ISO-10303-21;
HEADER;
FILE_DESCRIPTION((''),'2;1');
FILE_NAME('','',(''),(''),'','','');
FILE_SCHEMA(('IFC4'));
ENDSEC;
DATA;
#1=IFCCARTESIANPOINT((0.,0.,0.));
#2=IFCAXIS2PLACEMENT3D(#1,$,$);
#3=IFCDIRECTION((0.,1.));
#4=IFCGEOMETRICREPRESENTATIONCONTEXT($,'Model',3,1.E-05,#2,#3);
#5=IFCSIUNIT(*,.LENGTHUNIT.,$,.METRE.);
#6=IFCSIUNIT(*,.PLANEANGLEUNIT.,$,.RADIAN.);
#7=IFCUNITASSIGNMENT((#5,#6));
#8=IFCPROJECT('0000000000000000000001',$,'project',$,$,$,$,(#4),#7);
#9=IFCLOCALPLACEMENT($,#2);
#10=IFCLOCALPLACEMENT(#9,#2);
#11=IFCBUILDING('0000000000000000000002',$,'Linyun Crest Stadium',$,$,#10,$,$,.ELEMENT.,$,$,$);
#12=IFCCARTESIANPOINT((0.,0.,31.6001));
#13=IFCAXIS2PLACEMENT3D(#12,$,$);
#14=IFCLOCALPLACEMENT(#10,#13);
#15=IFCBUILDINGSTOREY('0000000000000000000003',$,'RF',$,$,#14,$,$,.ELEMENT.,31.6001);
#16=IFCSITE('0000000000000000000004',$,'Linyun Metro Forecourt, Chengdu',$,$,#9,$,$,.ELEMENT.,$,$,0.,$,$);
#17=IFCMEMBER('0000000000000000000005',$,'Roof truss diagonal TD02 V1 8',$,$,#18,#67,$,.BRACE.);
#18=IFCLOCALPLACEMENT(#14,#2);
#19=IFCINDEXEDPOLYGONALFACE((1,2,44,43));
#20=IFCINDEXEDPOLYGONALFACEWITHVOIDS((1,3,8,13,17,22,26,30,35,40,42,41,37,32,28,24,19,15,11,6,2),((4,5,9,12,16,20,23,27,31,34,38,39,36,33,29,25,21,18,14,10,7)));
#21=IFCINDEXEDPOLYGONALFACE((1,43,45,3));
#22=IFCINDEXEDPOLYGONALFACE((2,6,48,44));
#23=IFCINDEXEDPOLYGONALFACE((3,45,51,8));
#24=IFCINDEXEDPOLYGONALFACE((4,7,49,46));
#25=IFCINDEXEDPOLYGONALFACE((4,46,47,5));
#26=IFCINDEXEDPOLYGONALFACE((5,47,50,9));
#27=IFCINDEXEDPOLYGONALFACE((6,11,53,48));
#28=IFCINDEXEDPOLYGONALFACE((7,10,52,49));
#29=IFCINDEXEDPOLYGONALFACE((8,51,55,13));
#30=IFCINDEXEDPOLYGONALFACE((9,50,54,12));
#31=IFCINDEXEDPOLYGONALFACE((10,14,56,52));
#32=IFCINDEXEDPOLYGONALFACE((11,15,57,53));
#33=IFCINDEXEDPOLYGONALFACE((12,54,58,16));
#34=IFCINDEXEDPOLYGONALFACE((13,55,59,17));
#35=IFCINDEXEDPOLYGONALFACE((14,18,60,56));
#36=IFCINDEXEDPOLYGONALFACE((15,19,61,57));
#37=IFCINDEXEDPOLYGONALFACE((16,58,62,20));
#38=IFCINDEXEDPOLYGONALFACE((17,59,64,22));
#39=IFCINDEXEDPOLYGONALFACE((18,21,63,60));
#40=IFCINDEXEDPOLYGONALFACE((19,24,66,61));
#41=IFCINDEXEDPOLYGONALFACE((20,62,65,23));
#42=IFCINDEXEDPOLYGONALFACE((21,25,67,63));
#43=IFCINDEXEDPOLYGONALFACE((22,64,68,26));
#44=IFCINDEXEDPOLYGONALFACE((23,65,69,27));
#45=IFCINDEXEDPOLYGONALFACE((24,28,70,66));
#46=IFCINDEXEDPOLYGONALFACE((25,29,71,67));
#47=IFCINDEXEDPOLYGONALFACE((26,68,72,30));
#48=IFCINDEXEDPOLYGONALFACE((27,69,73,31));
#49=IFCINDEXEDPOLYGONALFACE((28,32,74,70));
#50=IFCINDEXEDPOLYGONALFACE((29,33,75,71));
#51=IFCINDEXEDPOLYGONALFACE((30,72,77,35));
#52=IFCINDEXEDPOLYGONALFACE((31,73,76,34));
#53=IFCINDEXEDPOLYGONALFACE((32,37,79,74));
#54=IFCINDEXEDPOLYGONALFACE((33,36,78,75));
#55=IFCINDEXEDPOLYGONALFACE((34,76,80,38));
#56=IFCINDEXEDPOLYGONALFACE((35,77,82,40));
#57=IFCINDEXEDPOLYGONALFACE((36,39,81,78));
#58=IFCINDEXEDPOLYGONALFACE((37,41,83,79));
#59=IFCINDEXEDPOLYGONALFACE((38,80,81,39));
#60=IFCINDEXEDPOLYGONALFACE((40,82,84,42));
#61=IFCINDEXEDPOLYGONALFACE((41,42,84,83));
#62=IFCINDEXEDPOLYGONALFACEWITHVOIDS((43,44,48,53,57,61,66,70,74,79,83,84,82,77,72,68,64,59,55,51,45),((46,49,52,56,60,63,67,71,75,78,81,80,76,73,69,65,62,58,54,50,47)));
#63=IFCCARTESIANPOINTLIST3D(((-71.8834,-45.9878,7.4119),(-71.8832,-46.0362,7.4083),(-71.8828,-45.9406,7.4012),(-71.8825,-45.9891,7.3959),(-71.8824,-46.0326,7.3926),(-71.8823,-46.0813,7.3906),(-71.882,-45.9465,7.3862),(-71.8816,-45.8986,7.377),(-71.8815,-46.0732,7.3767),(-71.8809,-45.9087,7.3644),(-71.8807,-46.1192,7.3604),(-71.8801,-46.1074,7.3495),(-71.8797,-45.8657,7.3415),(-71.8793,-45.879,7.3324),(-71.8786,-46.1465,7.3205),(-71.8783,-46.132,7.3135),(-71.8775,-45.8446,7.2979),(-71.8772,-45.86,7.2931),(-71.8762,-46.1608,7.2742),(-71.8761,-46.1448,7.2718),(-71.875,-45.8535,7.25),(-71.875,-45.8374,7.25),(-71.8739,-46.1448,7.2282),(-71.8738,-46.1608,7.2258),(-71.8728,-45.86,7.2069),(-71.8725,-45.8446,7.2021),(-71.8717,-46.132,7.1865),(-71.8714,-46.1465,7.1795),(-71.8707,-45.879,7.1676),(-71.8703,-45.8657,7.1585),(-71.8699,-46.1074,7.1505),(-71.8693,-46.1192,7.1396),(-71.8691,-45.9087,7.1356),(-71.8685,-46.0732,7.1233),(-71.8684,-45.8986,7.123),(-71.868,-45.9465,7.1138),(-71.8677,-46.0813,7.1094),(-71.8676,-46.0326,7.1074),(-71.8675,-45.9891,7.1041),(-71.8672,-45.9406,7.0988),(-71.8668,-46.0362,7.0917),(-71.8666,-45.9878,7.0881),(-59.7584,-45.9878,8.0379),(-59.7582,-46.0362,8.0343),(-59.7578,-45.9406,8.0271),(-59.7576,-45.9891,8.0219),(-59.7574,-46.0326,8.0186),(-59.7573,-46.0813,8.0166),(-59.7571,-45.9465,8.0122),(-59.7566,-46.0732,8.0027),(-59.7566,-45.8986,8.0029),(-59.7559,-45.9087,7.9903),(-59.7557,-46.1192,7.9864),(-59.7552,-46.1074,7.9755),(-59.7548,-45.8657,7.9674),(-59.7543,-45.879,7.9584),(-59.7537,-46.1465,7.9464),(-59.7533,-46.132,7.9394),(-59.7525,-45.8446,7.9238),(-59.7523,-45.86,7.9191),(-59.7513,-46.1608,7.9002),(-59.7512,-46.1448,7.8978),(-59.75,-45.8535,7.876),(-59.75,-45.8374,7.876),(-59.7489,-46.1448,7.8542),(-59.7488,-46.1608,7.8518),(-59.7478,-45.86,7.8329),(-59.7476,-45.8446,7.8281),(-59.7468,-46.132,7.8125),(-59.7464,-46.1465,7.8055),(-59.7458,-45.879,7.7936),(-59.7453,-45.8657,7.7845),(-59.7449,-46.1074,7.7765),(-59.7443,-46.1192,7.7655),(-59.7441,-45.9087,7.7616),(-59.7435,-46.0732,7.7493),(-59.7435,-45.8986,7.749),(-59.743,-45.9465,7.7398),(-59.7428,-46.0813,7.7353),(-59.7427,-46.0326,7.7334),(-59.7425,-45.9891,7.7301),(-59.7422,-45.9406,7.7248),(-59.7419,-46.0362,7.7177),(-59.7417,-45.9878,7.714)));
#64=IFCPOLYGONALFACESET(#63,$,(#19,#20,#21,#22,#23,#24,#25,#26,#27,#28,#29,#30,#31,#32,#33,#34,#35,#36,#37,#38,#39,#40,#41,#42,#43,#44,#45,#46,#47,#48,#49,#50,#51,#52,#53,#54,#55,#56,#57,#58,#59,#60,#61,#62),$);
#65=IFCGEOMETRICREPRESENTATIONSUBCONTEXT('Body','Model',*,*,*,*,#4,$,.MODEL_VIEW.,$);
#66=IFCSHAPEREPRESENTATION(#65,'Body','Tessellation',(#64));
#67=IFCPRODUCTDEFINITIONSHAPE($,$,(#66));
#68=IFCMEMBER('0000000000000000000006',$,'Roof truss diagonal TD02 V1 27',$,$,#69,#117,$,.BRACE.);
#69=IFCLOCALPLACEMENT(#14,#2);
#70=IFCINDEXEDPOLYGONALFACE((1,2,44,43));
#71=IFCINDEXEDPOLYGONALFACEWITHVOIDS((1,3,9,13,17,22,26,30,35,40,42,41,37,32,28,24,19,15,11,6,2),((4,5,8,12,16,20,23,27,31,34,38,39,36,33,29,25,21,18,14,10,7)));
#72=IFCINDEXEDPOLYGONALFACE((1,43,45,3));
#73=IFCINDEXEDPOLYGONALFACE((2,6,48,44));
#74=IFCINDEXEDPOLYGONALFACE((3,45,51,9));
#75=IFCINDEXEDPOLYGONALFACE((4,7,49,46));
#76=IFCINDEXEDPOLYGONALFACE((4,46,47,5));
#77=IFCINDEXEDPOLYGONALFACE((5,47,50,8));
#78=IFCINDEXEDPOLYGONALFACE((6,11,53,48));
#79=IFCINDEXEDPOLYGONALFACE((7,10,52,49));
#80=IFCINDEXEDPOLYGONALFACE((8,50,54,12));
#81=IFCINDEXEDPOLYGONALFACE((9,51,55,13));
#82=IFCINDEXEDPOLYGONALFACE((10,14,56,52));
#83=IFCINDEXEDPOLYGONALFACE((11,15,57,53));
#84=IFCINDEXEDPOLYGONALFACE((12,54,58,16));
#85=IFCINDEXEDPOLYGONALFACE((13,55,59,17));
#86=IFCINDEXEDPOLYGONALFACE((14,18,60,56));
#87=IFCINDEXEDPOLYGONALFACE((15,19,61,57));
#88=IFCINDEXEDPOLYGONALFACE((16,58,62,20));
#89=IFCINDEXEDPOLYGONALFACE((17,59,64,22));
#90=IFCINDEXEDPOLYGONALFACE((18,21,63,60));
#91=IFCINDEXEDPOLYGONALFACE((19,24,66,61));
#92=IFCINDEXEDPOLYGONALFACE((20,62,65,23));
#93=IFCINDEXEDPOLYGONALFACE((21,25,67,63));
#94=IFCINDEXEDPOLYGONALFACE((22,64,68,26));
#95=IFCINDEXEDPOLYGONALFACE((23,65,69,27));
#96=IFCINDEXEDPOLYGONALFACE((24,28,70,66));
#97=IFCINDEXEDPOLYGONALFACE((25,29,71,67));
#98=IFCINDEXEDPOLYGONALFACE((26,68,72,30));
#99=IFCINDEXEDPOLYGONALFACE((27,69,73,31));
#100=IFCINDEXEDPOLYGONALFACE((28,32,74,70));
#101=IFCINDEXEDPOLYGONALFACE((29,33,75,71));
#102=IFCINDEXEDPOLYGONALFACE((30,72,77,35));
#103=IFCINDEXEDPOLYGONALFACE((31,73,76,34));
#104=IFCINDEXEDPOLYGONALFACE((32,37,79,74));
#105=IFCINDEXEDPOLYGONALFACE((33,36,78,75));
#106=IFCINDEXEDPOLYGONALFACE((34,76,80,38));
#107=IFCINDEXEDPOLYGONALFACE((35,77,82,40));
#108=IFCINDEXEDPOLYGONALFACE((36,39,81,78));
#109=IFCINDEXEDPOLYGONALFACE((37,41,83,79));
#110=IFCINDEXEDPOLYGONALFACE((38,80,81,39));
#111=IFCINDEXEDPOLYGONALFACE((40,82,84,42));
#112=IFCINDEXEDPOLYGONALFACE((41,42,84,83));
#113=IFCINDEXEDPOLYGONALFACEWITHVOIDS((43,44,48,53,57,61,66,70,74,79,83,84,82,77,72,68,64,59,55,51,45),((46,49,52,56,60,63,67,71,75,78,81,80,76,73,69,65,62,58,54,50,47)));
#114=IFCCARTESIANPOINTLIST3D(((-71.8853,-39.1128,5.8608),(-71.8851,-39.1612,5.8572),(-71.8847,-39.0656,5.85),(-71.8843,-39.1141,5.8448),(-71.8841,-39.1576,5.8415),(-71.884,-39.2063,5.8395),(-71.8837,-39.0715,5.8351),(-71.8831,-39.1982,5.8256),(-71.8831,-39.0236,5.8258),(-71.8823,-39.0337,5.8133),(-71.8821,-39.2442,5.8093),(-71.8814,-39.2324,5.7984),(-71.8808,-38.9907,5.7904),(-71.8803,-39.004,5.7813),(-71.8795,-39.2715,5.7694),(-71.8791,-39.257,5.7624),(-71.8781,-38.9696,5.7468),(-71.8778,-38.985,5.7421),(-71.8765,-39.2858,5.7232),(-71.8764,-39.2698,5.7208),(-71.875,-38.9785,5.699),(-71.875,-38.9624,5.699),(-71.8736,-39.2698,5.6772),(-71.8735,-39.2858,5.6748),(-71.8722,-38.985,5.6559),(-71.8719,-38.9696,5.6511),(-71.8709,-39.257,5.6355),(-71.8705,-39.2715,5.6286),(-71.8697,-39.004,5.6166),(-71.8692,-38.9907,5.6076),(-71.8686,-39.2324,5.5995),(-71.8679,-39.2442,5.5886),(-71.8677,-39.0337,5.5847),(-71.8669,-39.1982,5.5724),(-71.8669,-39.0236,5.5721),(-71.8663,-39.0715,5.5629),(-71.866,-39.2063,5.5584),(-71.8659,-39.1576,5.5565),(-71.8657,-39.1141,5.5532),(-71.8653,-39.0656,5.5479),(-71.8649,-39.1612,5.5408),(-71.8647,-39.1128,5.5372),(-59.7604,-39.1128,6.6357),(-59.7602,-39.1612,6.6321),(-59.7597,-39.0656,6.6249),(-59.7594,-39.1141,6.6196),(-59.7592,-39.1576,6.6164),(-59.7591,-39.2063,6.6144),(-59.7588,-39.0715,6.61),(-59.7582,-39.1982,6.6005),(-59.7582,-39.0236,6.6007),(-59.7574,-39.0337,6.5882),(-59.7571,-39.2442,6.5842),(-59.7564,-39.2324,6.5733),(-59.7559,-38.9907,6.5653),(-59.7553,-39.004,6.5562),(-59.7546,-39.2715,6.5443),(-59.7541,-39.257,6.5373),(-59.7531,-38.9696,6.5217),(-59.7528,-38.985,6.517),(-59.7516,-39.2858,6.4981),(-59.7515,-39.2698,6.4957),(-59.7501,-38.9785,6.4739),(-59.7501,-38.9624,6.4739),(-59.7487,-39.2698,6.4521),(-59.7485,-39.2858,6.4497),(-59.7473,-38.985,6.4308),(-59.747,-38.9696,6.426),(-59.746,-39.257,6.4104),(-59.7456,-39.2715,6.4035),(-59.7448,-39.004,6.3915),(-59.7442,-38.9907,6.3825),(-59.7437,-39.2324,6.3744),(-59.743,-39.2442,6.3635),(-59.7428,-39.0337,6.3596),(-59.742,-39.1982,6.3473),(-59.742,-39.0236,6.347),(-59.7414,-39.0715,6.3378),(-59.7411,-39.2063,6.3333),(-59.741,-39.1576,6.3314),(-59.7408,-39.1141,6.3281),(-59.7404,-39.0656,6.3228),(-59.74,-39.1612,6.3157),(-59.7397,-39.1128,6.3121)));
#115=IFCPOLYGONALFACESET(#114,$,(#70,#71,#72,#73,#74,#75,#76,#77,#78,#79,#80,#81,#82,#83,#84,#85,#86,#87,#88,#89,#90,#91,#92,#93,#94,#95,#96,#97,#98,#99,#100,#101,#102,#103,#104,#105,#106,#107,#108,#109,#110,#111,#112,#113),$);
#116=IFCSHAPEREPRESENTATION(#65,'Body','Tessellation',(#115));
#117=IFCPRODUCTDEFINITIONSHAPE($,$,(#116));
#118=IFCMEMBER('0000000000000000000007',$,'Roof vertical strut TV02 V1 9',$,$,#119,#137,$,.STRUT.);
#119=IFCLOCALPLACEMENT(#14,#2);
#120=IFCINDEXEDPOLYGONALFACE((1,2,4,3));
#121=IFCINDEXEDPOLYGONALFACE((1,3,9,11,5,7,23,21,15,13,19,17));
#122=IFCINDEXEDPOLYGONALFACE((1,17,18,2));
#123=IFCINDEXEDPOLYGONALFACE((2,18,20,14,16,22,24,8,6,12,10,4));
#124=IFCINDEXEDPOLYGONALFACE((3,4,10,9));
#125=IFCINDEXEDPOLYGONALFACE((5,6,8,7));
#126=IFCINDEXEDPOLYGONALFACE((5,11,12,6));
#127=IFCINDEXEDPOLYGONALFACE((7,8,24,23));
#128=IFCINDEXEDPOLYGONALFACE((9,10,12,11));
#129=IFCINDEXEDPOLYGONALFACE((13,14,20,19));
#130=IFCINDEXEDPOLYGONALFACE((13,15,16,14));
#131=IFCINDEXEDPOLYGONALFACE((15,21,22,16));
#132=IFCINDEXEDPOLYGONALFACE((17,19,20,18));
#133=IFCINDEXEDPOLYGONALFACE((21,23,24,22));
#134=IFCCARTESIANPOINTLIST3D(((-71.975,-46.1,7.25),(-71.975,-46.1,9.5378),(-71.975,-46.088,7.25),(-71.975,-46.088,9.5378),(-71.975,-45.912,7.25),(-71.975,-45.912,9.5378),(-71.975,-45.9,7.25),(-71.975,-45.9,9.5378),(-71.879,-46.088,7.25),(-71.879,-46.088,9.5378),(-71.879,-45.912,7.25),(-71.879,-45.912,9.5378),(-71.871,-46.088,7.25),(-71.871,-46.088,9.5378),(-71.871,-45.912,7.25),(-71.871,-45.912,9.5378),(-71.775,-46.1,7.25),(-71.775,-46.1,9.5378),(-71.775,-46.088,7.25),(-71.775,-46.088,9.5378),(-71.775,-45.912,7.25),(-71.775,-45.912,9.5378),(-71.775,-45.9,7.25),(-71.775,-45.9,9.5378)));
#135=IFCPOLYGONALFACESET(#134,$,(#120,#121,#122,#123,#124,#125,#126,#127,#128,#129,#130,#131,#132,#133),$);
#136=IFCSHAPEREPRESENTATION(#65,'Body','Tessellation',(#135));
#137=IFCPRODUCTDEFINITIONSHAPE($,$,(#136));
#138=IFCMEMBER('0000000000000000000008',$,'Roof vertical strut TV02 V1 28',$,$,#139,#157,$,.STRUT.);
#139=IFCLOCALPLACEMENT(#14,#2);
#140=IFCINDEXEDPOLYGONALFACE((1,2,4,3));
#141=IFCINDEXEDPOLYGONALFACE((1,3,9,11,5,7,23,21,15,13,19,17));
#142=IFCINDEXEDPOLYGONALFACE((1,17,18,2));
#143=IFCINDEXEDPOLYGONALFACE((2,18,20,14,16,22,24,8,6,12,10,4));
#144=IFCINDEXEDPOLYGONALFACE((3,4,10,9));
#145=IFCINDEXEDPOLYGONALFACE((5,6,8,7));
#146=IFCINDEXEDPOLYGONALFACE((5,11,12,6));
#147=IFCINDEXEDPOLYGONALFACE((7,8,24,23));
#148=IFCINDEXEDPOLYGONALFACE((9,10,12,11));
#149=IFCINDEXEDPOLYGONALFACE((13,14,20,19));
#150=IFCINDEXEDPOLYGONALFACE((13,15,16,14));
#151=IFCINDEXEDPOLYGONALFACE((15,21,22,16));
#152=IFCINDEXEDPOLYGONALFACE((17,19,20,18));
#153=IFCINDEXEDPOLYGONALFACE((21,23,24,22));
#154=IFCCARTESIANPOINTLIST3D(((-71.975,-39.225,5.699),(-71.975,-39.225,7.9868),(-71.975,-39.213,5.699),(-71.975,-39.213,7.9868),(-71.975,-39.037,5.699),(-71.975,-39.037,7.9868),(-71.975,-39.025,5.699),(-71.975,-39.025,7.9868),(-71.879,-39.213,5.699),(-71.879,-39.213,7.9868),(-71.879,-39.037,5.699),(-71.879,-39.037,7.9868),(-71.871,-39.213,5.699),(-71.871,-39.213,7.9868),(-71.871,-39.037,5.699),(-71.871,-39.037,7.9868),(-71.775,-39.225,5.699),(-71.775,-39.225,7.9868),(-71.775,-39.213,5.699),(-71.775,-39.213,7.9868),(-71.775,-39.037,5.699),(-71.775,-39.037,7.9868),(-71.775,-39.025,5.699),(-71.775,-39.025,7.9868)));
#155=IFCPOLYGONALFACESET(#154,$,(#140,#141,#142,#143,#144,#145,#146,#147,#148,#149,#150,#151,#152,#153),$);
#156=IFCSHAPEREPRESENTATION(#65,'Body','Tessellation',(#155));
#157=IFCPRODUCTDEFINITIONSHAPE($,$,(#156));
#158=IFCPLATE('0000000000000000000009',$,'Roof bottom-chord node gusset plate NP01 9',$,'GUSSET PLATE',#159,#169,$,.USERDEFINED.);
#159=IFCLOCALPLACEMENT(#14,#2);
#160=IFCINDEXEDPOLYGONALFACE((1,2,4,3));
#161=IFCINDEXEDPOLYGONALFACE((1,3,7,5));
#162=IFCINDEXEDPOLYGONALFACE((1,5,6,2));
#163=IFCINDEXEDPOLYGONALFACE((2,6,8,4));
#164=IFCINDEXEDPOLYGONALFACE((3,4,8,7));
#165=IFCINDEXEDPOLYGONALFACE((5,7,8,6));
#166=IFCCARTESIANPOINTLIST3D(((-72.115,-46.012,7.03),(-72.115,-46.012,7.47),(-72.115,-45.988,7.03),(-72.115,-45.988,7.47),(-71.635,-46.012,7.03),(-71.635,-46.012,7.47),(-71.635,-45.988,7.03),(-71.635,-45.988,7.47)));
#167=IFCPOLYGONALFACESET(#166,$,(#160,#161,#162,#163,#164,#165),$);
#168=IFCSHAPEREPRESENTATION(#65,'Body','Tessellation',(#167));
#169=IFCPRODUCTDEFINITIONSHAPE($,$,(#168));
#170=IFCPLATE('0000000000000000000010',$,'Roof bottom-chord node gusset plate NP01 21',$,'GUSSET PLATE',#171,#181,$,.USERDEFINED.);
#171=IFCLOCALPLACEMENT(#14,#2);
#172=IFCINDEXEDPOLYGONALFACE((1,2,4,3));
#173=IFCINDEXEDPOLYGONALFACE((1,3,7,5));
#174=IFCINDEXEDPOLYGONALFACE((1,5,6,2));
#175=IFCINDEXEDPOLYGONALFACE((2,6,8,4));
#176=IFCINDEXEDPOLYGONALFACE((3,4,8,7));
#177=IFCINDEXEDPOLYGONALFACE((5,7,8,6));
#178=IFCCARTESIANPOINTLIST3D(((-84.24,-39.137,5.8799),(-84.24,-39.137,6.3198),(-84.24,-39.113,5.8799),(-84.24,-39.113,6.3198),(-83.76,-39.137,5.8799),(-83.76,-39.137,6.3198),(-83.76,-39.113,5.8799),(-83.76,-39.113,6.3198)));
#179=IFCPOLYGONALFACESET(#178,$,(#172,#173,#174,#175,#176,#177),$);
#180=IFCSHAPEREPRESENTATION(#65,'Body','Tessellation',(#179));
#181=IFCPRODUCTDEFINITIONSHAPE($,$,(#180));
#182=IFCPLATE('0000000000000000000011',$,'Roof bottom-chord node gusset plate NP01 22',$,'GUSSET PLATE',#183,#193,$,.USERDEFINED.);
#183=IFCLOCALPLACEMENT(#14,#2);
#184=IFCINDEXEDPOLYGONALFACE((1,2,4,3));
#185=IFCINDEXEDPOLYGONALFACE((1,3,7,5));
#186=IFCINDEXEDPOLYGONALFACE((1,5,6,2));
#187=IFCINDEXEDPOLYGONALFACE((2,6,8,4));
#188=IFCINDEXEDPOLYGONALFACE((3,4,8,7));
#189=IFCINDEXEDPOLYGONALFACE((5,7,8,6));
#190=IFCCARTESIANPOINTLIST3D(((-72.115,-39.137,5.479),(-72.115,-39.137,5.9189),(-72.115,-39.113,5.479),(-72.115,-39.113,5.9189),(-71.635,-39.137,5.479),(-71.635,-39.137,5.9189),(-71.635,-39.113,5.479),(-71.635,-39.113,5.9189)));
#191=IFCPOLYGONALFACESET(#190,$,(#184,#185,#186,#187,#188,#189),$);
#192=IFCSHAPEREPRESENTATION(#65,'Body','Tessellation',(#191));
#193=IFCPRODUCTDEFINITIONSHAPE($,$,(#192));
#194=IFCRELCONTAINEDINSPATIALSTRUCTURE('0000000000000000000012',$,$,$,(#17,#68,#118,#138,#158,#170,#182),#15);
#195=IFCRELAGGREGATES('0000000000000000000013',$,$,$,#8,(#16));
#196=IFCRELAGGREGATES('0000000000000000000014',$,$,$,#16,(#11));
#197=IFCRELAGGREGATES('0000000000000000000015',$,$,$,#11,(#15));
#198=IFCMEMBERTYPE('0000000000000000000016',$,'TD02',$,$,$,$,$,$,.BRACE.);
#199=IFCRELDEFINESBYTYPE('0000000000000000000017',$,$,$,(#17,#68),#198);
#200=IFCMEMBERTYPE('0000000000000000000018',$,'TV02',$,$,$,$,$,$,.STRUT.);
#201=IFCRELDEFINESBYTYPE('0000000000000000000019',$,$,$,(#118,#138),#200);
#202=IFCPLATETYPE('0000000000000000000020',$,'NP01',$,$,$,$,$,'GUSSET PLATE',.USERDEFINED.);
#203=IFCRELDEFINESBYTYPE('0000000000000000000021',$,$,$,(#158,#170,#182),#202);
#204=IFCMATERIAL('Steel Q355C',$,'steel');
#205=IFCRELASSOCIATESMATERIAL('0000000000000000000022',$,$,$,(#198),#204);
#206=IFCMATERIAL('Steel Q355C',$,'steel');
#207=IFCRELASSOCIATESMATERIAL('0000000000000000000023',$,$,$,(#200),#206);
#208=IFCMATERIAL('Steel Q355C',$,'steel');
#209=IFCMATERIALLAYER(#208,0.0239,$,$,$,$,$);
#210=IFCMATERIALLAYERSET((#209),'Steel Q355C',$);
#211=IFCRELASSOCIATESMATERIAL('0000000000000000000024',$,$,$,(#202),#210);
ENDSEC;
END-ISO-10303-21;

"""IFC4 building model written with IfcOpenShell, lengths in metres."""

from ifc_helpers import new_model, si_unit, direction, frame, origin, origin_2d, place, context, subcontext, project, spatial, rectangle, hollow_circle, i_section, extrude, material, layer, layer_set, material_profile, profile_set, type_object, element, save


model = new_model("IFC4")

# Units and contexts
model_context = context("Model", 3, precision=1e-05, world=origin(), true_north=direction((0.0, 1.0)))
body_context = subcontext(model_context, "Body", "Model", "MODEL_VIEW")
ifc_project = project(units=[si_unit("LENGTHUNIT", "METRE"), si_unit("PLANEANGLEUNIT", "RADIAN")], contexts=[model_context])

# Site, building, storey
site_placement = place(None, origin())
site = spatial("IfcSite", under=ifc_project, at=site_placement, Name="Linyun Metro Forecourt, Chengdu", CompositionType="ELEMENT", RefElevation=0.0)
building_placement = place(site_placement, origin())
building = spatial("IfcBuilding", under=site, at=building_placement, Name="Linyun Crest Stadium", CompositionType="ELEMENT")
storey_placement = place(building_placement, frame((0.0, 0.0, 31.6001)))
storey = spatial("IfcBuildingStorey", under=building, at=storey_placement, Name="RF", CompositionType="ELEMENT", Elevation=31.6001)

# Members
ifc_material_1 = material(Name="Steel Q355C", Category="steel")
ifc_material_profile_1 = material_profile(ifc_material_1, hollow_circle(Radius=0.1626, WallThickness=0.0161, at=origin_2d()), Name="CHS 325x16")
ifc_profile_set_1 = profile_set([ifc_material_profile_1], Name="Steel Q355C")
member_type_1 = type_object("IfcMemberType", Name="TD02", PredefinedType="BRACE", material=ifc_profile_set_1)
member_1_placement = place(storey_placement, frame((-71.875, -46.0, 7.25), z_axis=(0.99867, 0.0, 0.051558), x_axis=(0.0, 1.0, 0.0)))
element("IfcMember", 1, at=member_1_placement, inside=storey, type_object=member_type_1, Name="Roof truss diagonal TD02 V1 8", PredefinedType="BRACE", context=body_context, shape_type="SweptSolid", body=[
    extrude(hollow_circle(Radius=0.1626, WallThickness=0.0161, at=origin_2d()), origin(), (0.0, 0.0, 1.0), 12.1411),
])
member_2_placement = place(storey_placement, frame((-71.875, -39.125, 5.699), z_axis=(0.997964, 0.0, 0.063779), x_axis=(0.0, 1.0, 0.0)))
element("IfcMember", 2, at=member_2_placement, inside=storey, type_object=member_type_1, Name="Roof truss diagonal TD02 V1 27", PredefinedType="BRACE", context=body_context, shape_type="SweptSolid", body=[
    extrude(hollow_circle(Radius=0.1626, WallThickness=0.0161, at=origin_2d()), origin(), (0.0, 0.0, 1.0), 12.1497),
])
ifc_material_2 = material(Name="Steel Q355C", Category="steel")
ifc_material_profile_2 = material_profile(ifc_material_2, i_section(OverallWidth=0.2, OverallDepth=0.2, WebThickness=0.0081, FlangeThickness=0.012, at=origin_2d()), Name="HW 200x200")
ifc_profile_set_2 = profile_set([ifc_material_profile_2], Name="Steel Q355C")
member_type_2 = type_object("IfcMemberType", Name="TV02", PredefinedType="STRUT", material=ifc_profile_set_2)
for number, where, z_axis, x_axis, name in (
    (3, (-71.875, -46.0, 7.25), (0.0, 0.0, 1.0), (1.0, 0.0, 0.0), "Roof vertical strut TV02 V1 9"),
    (4, (-71.875, -39.125, 5.699), (0.0, 0.0, 1.0), (1.0, 0.0, 0.0), "Roof vertical strut TV02 V1 28"),
):
    element("IfcMember", number, at=place(storey_placement, frame(where, z_axis=z_axis, x_axis=x_axis)), inside=storey, type_object=member_type_2, Name=name, PredefinedType="STRUT", context=body_context, shape_type="SweptSolid", body=[
        extrude(i_section(OverallWidth=0.2, OverallDepth=0.2, WebThickness=0.0081, FlangeThickness=0.012, at=origin_2d()), origin(), (0.0, 0.0, 1.0), 2.2878),
    ])

# Plates
ifc_material_3 = material(Name="Steel Q355C", Category="steel")
ifc_layer_1 = layer(ifc_material_3, 0.0239)
ifc_layer_set_1 = layer_set([ifc_layer_1], Name="Steel Q355C")
plate_type_1 = type_object("IfcPlateType", Name="NP01", ElementType="GUSSET PLATE", PredefinedType="USERDEFINED", material=ifc_layer_set_1)
for number, where, z_axis, x_axis, name in (
    (5, (-71.875, -46.0, 7.03), (0.0, 0.0, 1.0), (1.0, 0.0, 0.0), "Roof bottom-chord node gusset plate NP01 9"),
    (6, (-84.0, -39.125, 5.8799), (0.0, 0.0, 1.0), (1.0, 0.0, 0.0), "Roof bottom-chord node gusset plate NP01 21"),
    (7, (-71.875, -39.125, 5.479), (0.0, 0.0, 1.0), (1.0, 0.0, 0.0), "Roof bottom-chord node gusset plate NP01 22"),
):
    element("IfcPlate", number, at=place(storey_placement, frame(where, z_axis=z_axis, x_axis=x_axis)), inside=storey, type_object=plate_type_1, Name=name, ObjectType="GUSSET PLATE", PredefinedType="USERDEFINED", context=body_context, shape_type="SweptSolid", body=[
        extrude(rectangle(XDim=0.48, YDim=0.0239, at=origin_2d()), origin(), (0.0, 0.0, 1.0), 0.4399),
    ])

save(model, "model.ifc")
